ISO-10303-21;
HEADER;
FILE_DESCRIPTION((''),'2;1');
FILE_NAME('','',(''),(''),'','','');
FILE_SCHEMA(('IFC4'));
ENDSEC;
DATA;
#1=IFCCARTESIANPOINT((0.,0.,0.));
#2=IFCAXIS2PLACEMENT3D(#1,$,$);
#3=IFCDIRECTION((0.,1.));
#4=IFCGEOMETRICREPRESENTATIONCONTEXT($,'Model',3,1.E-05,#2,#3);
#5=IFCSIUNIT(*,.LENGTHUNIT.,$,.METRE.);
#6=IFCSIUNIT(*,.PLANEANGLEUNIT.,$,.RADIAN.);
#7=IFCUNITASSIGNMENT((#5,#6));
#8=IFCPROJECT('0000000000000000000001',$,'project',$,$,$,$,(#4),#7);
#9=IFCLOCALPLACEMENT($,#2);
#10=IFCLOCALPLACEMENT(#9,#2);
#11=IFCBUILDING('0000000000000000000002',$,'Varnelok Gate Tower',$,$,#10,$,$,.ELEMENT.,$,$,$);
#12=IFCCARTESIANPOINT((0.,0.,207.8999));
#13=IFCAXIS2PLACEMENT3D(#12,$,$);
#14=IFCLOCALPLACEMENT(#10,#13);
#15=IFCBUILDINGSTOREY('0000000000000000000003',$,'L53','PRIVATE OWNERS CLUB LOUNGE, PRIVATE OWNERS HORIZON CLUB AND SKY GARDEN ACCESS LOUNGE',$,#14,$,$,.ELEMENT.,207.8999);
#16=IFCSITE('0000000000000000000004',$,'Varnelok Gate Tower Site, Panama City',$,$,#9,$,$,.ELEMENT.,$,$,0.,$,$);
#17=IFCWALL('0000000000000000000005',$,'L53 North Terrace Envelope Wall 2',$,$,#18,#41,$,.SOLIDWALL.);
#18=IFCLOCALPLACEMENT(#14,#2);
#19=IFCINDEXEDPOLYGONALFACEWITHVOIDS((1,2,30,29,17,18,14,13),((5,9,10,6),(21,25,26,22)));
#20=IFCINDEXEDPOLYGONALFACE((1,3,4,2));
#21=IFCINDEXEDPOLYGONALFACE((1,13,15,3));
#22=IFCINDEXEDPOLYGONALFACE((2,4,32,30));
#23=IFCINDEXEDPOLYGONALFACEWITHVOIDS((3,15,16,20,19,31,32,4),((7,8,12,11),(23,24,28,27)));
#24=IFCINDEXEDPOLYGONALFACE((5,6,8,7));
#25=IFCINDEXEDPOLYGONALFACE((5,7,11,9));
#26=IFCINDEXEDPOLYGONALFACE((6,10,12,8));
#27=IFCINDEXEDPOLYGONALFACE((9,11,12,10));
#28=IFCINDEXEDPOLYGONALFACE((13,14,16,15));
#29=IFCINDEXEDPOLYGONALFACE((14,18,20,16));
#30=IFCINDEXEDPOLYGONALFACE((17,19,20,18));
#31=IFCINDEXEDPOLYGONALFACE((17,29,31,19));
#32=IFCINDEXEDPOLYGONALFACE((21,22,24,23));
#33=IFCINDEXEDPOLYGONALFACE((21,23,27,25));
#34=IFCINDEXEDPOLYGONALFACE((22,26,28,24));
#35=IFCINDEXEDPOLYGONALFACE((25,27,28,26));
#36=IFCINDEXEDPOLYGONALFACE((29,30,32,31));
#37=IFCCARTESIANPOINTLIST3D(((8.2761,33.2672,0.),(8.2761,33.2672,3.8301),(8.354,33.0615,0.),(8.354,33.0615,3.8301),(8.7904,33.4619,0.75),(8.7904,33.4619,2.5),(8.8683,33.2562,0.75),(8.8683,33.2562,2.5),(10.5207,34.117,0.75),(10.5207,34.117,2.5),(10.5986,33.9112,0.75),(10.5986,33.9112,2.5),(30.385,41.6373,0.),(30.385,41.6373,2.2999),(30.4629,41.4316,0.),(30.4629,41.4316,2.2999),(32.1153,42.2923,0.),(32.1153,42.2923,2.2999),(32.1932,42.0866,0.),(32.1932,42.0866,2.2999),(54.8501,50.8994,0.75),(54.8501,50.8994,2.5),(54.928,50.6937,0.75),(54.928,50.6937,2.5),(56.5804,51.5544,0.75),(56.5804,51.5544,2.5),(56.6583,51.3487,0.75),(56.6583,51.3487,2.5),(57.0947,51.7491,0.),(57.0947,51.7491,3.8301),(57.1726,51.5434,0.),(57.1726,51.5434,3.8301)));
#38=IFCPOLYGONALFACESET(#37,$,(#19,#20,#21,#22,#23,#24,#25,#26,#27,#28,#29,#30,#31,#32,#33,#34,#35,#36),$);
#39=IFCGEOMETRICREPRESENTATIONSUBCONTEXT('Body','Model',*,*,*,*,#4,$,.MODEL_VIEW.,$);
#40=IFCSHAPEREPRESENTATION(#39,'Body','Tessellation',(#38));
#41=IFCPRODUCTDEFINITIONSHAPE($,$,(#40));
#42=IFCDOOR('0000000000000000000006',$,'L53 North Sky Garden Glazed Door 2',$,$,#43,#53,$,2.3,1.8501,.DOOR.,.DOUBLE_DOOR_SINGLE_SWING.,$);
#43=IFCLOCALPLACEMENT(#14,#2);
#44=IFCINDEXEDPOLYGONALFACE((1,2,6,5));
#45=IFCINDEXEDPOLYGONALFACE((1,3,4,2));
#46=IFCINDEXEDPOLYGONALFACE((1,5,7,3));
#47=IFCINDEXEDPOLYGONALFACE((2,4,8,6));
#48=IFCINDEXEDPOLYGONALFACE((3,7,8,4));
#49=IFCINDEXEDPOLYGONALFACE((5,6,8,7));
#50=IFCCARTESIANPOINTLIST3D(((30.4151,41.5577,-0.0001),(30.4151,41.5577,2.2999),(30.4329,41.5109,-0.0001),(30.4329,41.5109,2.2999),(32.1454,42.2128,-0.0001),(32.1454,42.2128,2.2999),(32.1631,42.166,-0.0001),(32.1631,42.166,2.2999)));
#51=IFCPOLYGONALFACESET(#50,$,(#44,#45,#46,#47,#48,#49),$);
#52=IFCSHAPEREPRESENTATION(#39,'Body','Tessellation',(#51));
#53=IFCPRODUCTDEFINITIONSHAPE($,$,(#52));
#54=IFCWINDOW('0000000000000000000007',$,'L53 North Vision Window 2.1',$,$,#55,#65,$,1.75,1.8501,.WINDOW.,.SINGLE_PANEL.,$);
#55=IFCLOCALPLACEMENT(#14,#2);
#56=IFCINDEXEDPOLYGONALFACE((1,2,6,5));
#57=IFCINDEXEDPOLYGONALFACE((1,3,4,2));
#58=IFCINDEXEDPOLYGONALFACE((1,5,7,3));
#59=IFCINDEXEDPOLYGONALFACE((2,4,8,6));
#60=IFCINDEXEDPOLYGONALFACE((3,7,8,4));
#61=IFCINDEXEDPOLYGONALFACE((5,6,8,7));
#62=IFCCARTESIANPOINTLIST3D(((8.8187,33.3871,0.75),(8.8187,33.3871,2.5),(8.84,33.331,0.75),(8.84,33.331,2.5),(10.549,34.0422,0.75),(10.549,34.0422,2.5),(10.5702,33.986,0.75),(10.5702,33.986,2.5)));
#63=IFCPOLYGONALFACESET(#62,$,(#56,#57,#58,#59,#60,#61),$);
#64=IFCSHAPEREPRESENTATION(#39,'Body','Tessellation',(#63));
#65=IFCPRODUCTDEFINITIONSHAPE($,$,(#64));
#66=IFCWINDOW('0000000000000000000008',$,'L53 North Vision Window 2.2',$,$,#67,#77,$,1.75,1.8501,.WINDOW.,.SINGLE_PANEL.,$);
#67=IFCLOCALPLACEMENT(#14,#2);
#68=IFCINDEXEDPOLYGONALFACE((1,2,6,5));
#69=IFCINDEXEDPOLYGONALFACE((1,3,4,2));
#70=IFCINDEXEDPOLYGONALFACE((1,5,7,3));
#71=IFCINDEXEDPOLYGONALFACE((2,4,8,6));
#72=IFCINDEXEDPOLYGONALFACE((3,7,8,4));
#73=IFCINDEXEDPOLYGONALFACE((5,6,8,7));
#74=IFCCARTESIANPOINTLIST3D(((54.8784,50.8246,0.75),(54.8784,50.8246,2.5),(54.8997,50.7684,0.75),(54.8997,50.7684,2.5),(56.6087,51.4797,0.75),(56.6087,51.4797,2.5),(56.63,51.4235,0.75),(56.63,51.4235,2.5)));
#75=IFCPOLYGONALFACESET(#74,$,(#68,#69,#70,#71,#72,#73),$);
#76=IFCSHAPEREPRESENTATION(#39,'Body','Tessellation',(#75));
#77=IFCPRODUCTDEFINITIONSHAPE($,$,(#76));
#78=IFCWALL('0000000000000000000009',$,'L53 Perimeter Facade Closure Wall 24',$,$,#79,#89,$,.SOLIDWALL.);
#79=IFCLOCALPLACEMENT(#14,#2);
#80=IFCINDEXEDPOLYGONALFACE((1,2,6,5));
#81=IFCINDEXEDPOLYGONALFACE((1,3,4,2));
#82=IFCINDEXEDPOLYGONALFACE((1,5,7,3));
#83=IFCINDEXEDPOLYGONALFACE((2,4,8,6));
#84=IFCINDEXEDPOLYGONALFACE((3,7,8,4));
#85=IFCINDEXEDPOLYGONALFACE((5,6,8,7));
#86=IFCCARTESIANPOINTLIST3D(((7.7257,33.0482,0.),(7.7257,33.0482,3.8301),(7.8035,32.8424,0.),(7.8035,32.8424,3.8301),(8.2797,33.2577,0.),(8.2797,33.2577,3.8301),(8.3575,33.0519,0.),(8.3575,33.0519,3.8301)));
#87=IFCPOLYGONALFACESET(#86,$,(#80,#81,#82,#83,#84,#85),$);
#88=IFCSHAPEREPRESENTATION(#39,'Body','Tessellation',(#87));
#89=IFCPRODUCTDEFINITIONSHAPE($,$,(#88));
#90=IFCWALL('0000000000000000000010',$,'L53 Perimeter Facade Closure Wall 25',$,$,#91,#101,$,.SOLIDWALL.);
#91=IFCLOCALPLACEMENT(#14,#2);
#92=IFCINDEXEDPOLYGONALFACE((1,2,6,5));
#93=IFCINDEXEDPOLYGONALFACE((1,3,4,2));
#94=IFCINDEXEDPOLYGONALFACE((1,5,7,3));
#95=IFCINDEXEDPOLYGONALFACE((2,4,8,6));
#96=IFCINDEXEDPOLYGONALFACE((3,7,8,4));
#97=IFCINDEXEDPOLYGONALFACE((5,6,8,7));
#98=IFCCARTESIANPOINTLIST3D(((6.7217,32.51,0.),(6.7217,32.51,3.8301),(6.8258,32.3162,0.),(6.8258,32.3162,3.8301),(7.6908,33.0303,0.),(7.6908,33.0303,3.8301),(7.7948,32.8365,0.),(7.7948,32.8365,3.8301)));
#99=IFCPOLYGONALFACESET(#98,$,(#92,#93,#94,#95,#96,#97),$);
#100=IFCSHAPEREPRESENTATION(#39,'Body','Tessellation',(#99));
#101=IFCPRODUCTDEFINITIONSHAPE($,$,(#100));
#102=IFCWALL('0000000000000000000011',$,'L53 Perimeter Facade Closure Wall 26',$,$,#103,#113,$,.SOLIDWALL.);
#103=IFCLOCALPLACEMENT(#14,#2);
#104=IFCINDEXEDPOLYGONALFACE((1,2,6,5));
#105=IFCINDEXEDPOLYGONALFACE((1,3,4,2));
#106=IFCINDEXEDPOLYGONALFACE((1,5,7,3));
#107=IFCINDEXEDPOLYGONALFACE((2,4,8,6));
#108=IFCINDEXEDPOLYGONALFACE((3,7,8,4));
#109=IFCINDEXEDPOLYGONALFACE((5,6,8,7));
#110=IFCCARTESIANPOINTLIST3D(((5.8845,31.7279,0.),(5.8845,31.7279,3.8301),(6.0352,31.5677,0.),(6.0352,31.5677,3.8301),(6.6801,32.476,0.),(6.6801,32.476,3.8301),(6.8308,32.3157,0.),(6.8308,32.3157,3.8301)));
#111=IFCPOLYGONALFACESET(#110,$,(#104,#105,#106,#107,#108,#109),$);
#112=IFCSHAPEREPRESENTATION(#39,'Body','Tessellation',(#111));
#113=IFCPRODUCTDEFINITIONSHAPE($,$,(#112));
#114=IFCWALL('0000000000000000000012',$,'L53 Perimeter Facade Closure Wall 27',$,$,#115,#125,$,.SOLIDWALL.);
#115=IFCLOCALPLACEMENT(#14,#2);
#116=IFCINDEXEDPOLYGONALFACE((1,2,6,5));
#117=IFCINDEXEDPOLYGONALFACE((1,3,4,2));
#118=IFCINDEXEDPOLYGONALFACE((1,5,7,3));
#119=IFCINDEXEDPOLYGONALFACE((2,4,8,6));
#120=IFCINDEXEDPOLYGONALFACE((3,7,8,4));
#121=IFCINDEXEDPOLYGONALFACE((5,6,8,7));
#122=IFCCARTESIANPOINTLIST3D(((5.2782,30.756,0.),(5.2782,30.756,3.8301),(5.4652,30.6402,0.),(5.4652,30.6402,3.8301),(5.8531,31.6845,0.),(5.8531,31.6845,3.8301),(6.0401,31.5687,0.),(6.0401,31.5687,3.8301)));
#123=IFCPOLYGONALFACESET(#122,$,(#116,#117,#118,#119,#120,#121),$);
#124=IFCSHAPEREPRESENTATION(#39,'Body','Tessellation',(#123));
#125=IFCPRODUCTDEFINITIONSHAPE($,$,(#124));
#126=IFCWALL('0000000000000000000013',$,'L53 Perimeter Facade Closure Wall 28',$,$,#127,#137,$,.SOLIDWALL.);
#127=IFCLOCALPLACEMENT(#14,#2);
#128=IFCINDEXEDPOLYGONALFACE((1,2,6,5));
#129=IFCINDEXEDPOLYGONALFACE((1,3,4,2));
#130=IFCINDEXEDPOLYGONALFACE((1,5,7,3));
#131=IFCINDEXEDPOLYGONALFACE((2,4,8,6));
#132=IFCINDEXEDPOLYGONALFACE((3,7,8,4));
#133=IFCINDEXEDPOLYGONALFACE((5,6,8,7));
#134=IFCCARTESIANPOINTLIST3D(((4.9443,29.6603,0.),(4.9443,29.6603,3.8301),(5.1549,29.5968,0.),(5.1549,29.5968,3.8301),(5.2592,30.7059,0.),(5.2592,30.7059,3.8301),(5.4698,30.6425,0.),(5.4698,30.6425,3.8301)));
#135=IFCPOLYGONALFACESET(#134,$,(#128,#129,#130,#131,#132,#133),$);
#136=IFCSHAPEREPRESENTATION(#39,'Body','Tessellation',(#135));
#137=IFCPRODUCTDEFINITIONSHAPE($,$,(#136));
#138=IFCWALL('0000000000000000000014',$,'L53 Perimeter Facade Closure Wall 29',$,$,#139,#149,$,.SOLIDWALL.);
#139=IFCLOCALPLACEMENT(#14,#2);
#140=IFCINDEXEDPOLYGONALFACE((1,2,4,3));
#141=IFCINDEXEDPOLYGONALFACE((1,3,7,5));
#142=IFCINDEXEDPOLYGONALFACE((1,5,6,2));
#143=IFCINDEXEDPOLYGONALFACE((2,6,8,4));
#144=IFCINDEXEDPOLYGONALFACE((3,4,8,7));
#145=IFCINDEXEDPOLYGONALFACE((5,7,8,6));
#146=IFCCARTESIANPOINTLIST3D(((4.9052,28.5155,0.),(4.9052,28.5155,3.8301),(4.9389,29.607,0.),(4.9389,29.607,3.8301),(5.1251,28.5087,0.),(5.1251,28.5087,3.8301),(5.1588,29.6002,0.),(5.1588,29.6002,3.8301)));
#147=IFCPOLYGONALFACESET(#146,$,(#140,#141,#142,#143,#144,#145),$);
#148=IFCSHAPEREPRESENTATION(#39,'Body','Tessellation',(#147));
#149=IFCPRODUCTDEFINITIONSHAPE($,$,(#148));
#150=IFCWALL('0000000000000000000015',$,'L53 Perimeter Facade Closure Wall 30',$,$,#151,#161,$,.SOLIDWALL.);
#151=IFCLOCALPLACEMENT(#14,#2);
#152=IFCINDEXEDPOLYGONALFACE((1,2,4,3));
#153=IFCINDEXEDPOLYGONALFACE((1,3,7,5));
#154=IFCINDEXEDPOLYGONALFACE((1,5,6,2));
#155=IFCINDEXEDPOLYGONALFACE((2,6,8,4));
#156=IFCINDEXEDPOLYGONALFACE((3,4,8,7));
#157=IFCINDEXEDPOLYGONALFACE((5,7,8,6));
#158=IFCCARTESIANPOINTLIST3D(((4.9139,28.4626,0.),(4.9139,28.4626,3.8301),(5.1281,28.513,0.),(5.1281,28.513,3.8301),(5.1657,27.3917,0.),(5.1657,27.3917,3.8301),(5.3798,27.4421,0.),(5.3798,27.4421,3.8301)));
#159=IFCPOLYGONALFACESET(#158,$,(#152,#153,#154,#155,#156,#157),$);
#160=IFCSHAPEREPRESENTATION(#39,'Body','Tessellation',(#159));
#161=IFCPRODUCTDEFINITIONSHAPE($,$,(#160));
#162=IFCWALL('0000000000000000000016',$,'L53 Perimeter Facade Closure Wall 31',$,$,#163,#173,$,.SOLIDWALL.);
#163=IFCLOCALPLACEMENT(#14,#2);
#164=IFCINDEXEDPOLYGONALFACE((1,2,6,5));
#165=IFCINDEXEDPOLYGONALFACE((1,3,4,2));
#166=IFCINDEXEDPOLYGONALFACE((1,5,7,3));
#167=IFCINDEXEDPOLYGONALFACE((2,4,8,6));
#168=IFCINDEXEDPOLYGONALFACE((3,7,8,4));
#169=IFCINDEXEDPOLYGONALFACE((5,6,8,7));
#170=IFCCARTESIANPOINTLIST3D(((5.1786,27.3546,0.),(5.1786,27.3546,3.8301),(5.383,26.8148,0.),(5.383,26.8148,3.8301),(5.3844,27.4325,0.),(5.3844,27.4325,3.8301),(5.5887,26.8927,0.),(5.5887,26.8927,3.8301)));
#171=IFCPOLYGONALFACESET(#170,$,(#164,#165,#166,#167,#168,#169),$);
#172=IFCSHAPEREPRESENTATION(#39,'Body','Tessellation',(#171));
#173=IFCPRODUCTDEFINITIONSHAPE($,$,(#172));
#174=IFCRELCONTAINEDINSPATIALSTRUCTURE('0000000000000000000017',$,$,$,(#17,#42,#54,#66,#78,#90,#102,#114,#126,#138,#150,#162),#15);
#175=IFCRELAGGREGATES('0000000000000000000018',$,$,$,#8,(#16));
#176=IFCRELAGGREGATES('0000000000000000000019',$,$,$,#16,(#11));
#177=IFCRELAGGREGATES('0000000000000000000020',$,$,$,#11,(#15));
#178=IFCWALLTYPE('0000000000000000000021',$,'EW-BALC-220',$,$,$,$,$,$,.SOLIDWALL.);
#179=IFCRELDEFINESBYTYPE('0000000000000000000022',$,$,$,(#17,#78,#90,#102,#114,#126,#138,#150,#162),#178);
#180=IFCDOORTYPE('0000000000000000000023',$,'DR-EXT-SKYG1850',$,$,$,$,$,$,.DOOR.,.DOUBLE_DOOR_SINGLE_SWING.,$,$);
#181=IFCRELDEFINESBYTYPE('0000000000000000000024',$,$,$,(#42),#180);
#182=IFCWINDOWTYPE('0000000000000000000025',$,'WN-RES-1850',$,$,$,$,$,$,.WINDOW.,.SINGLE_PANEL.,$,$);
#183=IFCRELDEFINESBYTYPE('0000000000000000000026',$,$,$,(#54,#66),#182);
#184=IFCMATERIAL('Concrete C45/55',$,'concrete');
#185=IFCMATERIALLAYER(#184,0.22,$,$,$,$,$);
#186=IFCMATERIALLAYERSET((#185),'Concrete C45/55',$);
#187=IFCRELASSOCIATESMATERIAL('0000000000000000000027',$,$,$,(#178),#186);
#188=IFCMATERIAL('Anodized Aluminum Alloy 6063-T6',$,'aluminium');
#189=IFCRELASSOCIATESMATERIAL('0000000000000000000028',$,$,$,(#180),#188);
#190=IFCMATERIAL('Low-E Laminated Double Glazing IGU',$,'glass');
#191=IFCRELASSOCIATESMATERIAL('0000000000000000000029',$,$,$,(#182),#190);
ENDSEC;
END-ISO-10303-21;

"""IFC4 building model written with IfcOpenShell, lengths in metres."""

from ifc_helpers import new_model, si_unit, direction, frame, frame_2d, origin, place, context, subcontext, project, spatial, rectangle, extrude, material, layer, layer_set, type_object, element, fill, save


model = new_model("IFC4")

# Units and contexts
model_context = context("Model", 3, precision=1e-05, world=origin(), true_north=direction((0.0, 1.0)))
body_context = subcontext(model_context, "Body", "Model", "MODEL_VIEW")
ifc_project = project(units=[si_unit("LENGTHUNIT", "METRE"), si_unit("PLANEANGLEUNIT", "RADIAN")], contexts=[model_context])

# Site, building, storey
site_placement = place(None, origin())
site = spatial("IfcSite", under=ifc_project, at=site_placement, Name="Varnelok Gate Tower Site, Panama City", CompositionType="ELEMENT", RefElevation=0.0)
building_placement = place(site_placement, origin())
building = spatial("IfcBuilding", under=site, at=building_placement, Name="Varnelok Gate Tower", CompositionType="ELEMENT")
storey_placement = place(building_placement, frame((0.0, 0.0, 207.8999)))
storey = spatial("IfcBuildingStorey", under=building, at=storey_placement, Name="L53", Description="PRIVATE OWNERS CLUB LOUNGE, PRIVATE OWNERS HORIZON CLUB AND SKY GARDEN ACCESS LOUNGE", CompositionType="ELEMENT", Elevation=207.8999)

# Shared definitions
ifc_material_1 = material(Name="Anodized Aluminum Alloy 6063-T6", Category="aluminium")

# Wall, openings, door, windows
ifc_material_2 = material(Name="Concrete C45/55", Category="concrete")
ifc_layer_1 = layer(ifc_material_2, 0.22)
ifc_layer_set_1 = layer_set([ifc_layer_1], Name="Concrete C45/55")
wall_type_1 = type_object("IfcWallType", Name="EW-BALC-220", PredefinedType="SOLIDWALL", material=ifc_layer_set_1)
wall_1_placement = place(storey_placement, frame((8.3149, 33.1643, 0.0), z_axis=(0.0, 0.0, 1.0), x_axis=(0.935223, 0.35406, 0.0)))
wall_1 = element("IfcWall", 1, at=wall_1_placement, inside=storey, type_object=wall_type_1, Name="L53 North Terrace Envelope Wall 2", PredefinedType="SOLIDWALL", context=body_context, shape_type="SweptSolid", body=[
    extrude(rectangle(XDim=52.2, YDim=0.22, at=frame_2d((26.1001, 0.0))), origin(), (0.0, 0.0, 1.0), 3.8301),
])
opening_1_placement = place(wall_1_placement, frame((23.6404, 0.0, 0.0)))
opening_1 = element("IfcOpeningElement", 2, at=opening_1_placement, cuts=wall_1, PredefinedType="OPENING", context=body_context, shape_type="SweptSolid", body=[
    extrude(rectangle(XDim=1.8501, YDim=2.3, at=frame_2d((0.925, 1.1499))), frame((0.0, 0.1199, 0.0), z_axis=(0.0, -1.0, 0.0), x_axis=(1.0, 0.0, 0.0)), (0.0, 0.0, 1.0), 0.24),
])
opening_2_placement = place(wall_1_placement, frame((0.55, 0.0, 0.75)))
opening_2 = element("IfcOpeningElement", 3, at=opening_2_placement, cuts=wall_1, PredefinedType="OPENING", context=body_context, shape_type="SweptSolid", body=[
    extrude(rectangle(XDim=1.8501, YDim=1.75, at=frame_2d((0.925, 0.875))), frame((0.0, 0.1199, 0.0), z_axis=(0.0, -1.0, 0.0), x_axis=(1.0, 0.0, 0.0)), (0.0, 0.0, 1.0), 0.24),
])
opening_3_placement = place(wall_1_placement, frame((49.8, 0.0, 0.75)))
opening_3 = element("IfcOpeningElement", 4, at=opening_3_placement, cuts=wall_1, PredefinedType="OPENING", context=body_context, shape_type="SweptSolid", body=[
    extrude(rectangle(XDim=1.8501, YDim=1.75, at=frame_2d((0.925, 0.875))), frame((0.0, 0.1199, 0.0), z_axis=(0.0, -1.0, 0.0), x_axis=(1.0, 0.0, 0.0)), (0.0, 0.0, 1.0), 0.24),
])
door_type_1 = type_object("IfcDoorType", Name="DR-EXT-SKYG1850", OperationType="DOUBLE_DOOR_SINGLE_SWING", PredefinedType="DOOR", material=ifc_material_1)
door_1_placement = place(opening_1_placement, origin())
door_1 = element("IfcDoor", 5, at=door_1_placement, inside=storey, type_object=door_type_1, Name="L53 North Sky Garden Glazed Door 2", OperationType="DOUBLE_DOOR_SINGLE_SWING", OverallHeight=2.3, OverallWidth=1.8501, PredefinedType="DOOR", context=body_context, shape_type="SweptSolid", body=[
    extrude(rectangle(XDim=1.8501, YDim=2.3, at=frame_2d((0.925, 1.1499))), frame((0.0, 0.0249, 0.0), z_axis=(0.0, -1.0, 0.0), x_axis=(1.0, 0.0, 0.0)), (0.0, 0.0, 1.0), 0.05),
])
fill(opening_1, door_1)
ifc_material_3 = material(Name="Low-E Laminated Double Glazing IGU", Category="glass")
window_type = type_object("IfcWindowType", Name="WN-RES-1850", PartitioningType="SINGLE_PANEL", PredefinedType="WINDOW", material=ifc_material_3)
window_1_placement = place(opening_2_placement, origin())
window_1 = element("IfcWindow", 6, at=window_1_placement, inside=storey, type_object=window_type, Name="L53 North Vision Window 2.1", OverallHeight=1.75, OverallWidth=1.8501, PartitioningType="SINGLE_PANEL", PredefinedType="WINDOW", context=body_context, shape_type="SweptSolid", body=[
    extrude(rectangle(XDim=1.8501, YDim=1.75, at=frame_2d((0.925, 0.875))), frame((0.0, 0.03, 0.0), z_axis=(0.0, -1.0, 0.0), x_axis=(1.0, 0.0, 0.0)), (0.0, 0.0, 1.0), 0.0601),
])
fill(opening_2, window_1)
window_2_placement = place(opening_3_placement, origin())
window_2 = element("IfcWindow", 7, at=window_2_placement, inside=storey, type_object=window_type, Name="L53 North Vision Window 2.2", OverallHeight=1.75, OverallWidth=1.8501, PartitioningType="SINGLE_PANEL", PredefinedType="WINDOW", context=body_context, shape_type="SweptSolid", body=[
    extrude(rectangle(XDim=1.8501, YDim=1.75, at=frame_2d((0.925, 0.875))), frame((0.0, 0.03, 0.0), z_axis=(0.0, -1.0, 0.0), x_axis=(1.0, 0.0, 0.0)), (0.0, 0.0, 1.0), 0.0601),
])
fill(opening_3, window_2)

# Walls
wall_2_placement = place(storey_placement, frame((8.3186, 33.1548, 0.0), z_axis=(0.0, 0.0, 1.0), x_axis=(-0.93536, -0.353697, 0.0)))
element("IfcWall", 8, at=wall_2_placement, inside=storey, type_object=wall_type_1, Name="L53 Perimeter Facade Closure Wall 24", PredefinedType="SOLIDWALL", context=body_context, shape_type="SweptSolid", body=[
    extrude(rectangle(XDim=0.5923, YDim=0.22, at=frame_2d((0.2961, 0.0))), origin(), (0.0, 0.0, 1.0), 3.8301),
])
wall_3_placement = place(storey_placement, frame((7.7427, 32.9333, 0.0), z_axis=(0.0, 0.0, 1.0), x_axis=(-0.881041, -0.47304, 0.0)))
element("IfcWall", 9, at=wall_3_placement, inside=storey, type_object=wall_type_1, Name="L53 Perimeter Facade Closure Wall 25", PredefinedType="SOLIDWALL", context=body_context, shape_type="SweptSolid", body=[
    extrude(rectangle(XDim=1.0999, YDim=0.22, at=frame_2d((0.5498, 0.0))), origin(), (0.0, 0.0, 1.0), 3.8301),
])
for number, where, z_axis, x_axis, name in (
    (10, (6.7554, 32.3958, 0.0), (0.0, 0.0, 1.0), (-0.728567, -0.684974, 0.0), "L53 Perimeter Facade Closure Wall 26"),
    (11, (5.9465, 31.6265, 0.0), (0.0, 0.0, 1.0), (-0.526478, -0.850189, 0.0), "L53 Perimeter Facade Closure Wall 27"),
    (12, (5.3645, 30.6741, 0.0), (0.0, 0.0, 1.0), (-0.288394, -0.957512, 0.0), "L53 Perimeter Facade Closure Wall 28"),
    (13, (5.0488, 29.6035, 0.0), (0.0, 0.0, 1.0), (-0.030851, -0.999524, 0.0), "L53 Perimeter Facade Closure Wall 29"),
):
    element("IfcWall", number, at=place(storey_placement, frame(where, z_axis=z_axis, x_axis=x_axis)), inside=storey, type_object=wall_type_1, Name=name, PredefinedType="SOLIDWALL", context=body_context, shape_type="SweptSolid", body=[
        extrude(rectangle(XDim=1.092, YDim=0.22, at=frame_2d((0.5459, 0.0))), origin(), (0.0, 0.0, 1.0), 3.8301),
    ])
wall_4_placement = place(storey_placement, frame((5.021, 28.4878, 0.0), z_axis=(0.0, 0.0, 1.0), x_axis=(0.228829, -0.973467, 0.0)))
element("IfcWall", 14, at=wall_4_placement, inside=storey, type_object=wall_type_1, Name="L53 Perimeter Facade Closure Wall 30", PredefinedType="SOLIDWALL", context=body_context, shape_type="SweptSolid", body=[
    extrude(rectangle(XDim=1.1001, YDim=0.22, at=frame_2d((0.55, 0.0))), origin(), (0.0, 0.0, 1.0), 3.8301),
])
wall_5_placement = place(storey_placement, frame((5.2815, 27.3936, 0.0), z_axis=(0.0, 0.0, 1.0), x_axis=(0.354042, -0.935229, 0.0)))
element("IfcWall", 15, at=wall_5_placement, inside=storey, type_object=wall_type_1, Name="L53 Perimeter Facade Closure Wall 31", PredefinedType="SOLIDWALL", context=body_context, shape_type="SweptSolid", body=[
    extrude(rectangle(XDim=0.5771, YDim=0.22, at=frame_2d((0.2886, 0.0))), origin(), (0.0, 0.0, 1.0), 3.8301),
])

save(model, "model.ifc")
